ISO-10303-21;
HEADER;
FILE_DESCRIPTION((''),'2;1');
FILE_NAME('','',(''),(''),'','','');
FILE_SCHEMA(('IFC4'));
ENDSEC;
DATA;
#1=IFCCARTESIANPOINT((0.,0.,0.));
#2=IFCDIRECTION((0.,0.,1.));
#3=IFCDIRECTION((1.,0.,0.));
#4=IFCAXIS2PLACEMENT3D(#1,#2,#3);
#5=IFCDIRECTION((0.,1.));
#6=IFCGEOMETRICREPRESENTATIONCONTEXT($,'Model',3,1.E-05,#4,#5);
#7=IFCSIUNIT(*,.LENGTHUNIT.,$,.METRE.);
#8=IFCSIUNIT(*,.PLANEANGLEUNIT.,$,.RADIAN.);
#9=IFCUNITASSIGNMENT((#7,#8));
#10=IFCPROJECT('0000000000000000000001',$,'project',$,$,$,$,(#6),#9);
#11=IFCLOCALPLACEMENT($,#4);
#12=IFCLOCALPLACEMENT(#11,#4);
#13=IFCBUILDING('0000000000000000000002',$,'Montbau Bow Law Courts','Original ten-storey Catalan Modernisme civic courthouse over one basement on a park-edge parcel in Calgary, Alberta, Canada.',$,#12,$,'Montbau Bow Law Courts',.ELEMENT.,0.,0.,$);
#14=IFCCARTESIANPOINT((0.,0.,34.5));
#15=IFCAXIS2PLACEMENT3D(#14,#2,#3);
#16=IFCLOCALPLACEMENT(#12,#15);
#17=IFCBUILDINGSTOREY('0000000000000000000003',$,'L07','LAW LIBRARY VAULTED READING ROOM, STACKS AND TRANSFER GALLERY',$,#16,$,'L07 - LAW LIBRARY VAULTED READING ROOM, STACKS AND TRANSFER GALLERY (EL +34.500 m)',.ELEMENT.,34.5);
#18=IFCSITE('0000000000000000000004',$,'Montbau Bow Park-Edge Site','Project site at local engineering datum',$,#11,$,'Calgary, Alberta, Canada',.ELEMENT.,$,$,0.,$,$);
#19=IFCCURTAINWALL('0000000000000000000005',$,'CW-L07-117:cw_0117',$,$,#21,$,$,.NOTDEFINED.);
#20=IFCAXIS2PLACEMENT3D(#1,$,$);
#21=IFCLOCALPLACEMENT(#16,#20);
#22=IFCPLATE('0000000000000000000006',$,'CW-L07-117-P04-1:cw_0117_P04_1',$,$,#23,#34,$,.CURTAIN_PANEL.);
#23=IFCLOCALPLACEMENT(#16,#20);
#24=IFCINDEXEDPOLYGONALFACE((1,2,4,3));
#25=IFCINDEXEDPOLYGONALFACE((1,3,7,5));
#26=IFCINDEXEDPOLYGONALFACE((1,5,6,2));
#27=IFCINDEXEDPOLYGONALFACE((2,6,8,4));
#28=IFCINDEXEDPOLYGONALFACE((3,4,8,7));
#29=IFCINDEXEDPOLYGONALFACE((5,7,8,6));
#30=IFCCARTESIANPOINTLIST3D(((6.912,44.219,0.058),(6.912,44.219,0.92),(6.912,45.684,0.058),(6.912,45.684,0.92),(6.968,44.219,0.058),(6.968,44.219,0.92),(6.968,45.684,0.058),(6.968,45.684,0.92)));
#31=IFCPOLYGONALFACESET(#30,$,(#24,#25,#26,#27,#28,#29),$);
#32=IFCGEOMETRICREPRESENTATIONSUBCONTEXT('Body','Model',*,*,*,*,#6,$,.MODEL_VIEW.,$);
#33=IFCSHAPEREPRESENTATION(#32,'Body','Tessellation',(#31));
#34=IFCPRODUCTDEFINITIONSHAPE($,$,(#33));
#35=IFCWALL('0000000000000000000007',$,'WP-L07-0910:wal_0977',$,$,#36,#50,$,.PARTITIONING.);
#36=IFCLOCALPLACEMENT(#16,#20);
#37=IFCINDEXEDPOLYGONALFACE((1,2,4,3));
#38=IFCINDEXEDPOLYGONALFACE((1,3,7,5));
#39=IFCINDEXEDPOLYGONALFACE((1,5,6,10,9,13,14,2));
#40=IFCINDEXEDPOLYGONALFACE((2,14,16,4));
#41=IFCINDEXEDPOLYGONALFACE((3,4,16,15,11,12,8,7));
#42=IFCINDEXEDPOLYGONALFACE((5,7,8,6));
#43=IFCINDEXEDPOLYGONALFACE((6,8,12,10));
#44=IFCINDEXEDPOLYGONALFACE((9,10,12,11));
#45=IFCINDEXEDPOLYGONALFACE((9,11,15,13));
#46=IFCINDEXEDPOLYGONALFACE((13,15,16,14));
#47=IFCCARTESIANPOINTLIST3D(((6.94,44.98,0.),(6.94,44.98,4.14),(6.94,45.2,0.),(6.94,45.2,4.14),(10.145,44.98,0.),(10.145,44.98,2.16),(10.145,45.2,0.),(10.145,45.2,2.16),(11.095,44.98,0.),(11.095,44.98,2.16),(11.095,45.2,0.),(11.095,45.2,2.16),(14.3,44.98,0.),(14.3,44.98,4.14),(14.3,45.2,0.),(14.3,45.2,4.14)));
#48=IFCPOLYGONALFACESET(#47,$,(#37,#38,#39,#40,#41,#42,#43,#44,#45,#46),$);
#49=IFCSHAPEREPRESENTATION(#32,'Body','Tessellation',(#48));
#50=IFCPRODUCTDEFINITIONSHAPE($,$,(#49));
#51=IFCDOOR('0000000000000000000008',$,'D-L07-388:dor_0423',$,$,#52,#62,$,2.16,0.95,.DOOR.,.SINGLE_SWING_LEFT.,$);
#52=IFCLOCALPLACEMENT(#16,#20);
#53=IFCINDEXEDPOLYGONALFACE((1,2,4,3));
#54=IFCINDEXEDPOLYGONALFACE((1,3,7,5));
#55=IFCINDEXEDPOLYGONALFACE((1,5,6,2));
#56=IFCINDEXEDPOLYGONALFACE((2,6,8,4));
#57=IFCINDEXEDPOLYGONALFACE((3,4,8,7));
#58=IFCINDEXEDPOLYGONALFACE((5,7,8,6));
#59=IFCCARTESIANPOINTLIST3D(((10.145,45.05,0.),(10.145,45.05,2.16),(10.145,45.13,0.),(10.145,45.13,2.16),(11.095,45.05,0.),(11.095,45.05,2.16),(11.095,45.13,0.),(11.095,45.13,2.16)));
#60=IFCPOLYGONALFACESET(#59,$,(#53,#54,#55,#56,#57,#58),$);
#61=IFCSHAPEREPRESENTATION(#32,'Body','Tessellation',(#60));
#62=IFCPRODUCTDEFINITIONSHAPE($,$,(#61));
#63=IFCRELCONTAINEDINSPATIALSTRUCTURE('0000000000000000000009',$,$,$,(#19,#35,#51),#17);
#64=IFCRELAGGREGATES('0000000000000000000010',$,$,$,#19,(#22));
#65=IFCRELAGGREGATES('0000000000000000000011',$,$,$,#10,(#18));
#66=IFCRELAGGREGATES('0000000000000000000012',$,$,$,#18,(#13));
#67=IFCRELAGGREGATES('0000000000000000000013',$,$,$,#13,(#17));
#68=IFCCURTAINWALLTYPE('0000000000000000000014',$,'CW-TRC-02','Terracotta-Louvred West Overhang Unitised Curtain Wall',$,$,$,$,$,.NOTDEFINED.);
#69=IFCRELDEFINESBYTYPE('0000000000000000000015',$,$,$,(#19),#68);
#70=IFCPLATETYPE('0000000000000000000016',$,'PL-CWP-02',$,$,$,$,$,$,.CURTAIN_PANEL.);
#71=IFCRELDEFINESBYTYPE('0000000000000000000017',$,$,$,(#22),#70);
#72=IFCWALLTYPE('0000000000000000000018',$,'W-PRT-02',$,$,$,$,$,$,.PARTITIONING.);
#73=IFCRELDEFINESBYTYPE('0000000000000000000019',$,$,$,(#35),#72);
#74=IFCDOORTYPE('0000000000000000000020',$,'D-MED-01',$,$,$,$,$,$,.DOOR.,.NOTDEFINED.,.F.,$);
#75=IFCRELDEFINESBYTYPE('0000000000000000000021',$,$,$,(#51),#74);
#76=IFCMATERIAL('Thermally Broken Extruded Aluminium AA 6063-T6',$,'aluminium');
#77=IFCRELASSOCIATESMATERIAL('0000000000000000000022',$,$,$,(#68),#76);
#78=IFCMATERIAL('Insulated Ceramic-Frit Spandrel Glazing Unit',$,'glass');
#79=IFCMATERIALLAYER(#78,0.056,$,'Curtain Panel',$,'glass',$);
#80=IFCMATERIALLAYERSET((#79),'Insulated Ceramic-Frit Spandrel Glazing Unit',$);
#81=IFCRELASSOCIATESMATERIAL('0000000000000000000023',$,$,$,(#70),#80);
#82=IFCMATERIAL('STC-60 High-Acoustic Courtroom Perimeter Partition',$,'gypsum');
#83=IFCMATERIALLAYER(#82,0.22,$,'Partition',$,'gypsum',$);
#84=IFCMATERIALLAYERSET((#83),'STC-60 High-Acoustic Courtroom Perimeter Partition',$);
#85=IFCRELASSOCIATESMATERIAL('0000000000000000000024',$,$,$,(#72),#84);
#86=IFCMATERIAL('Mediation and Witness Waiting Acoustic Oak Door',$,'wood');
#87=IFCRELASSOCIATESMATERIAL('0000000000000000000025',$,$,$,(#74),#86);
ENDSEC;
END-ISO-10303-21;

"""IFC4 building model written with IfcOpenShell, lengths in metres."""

from ifc_helpers import new_model, si_unit, direction, frame, frame_2d, origin_with_axes, place, context, subcontext, project, spatial, rectangle, extrude, material, layer, layer_set, type_object, element, fill, aggregate, save


model = new_model("IFC4")

# Units and contexts
model_context = context("Model", 3, precision=1e-05, world=origin_with_axes(), true_north=direction((0.0, 1.0)))
body_context = subcontext(model_context, "Body", "Model", "MODEL_VIEW")
ifc_project = project(units=[si_unit("LENGTHUNIT", "METRE"), si_unit("PLANEANGLEUNIT", "RADIAN")], contexts=[model_context])

# Site, building, storey
site_placement = place(None, origin_with_axes())
site = spatial("IfcSite", under=ifc_project, at=site_placement, Name="Montbau Bow Park-Edge Site", Description="Project site at local engineering datum", LongName="Calgary, Alberta, Canada", CompositionType="ELEMENT", RefElevation=0.0)
building_placement = place(site_placement, origin_with_axes())
building = spatial("IfcBuilding", under=site, at=building_placement, Name="Montbau Bow Law Courts", Description="Original ten-storey Catalan Modernisme civic courthouse over one basement on a park-edge parcel in Calgary, Alberta, Canada.", LongName="Montbau Bow Law Courts", CompositionType="ELEMENT", ElevationOfRefHeight=0.0, ElevationOfTerrain=0.0)
storey_placement = place(building_placement, frame((0.0, 0.0, 34.5), z_axis=(0.0, 0.0, 1.0), x_axis=(1.0, 0.0, 0.0)))
storey = spatial("IfcBuildingStorey", under=building, at=storey_placement, Name="L07", Description="LAW LIBRARY VAULTED READING ROOM, STACKS AND TRANSFER GALLERY", LongName="L07 - LAW LIBRARY VAULTED READING ROOM, STACKS AND TRANSFER GALLERY (EL +34.500 m)", CompositionType="ELEMENT", Elevation=34.5)

# Curtain wall, plate
ifc_material_1 = material(Name="Thermally Broken Extruded Aluminium AA 6063-T6", Category="aluminium")
curtain_wall_type = type_object("IfcCurtainWallType", Name="CW-TRC-02", Description="Terracotta-Louvred West Overhang Unitised Curtain Wall", PredefinedType="NOTDEFINED", material=ifc_material_1)
curtain_wall_placement = place(None, frame((6.94, 39.44, 34.5), z_axis=(0.0, 0.0, 1.0), x_axis=(1.0, 0.0, 0.0)))
curtain_wall = element("IfcCurtainWall", 1, at=curtain_wall_placement, inside=storey, type_object=curtain_wall_type, Name="CW-L07-117:cw_0117", PredefinedType="NOTDEFINED")
ifc_material_2 = material(Name="Insulated Ceramic-Frit Spandrel Glazing Unit", Category="glass")
ifc_layer_1 = layer(ifc_material_2, 0.056, Name="Curtain Panel", Category="glass")
ifc_layer_set_1 = layer_set([ifc_layer_1], Name="Insulated Ceramic-Frit Spandrel Glazing Unit")
plate_type_1 = type_object("IfcPlateType", Name="PL-CWP-02", PredefinedType="CURTAIN_PANEL", material=ifc_layer_set_1)
plate_1_placement = place(None, frame((6.94, 44.219, 34.558), z_axis=(1.0, 0.0, 0.0), x_axis=(0.0, 1.0, 0.0)))
plate_1 = element("IfcPlate", 2, at=plate_1_placement, type_object=plate_type_1, Name="CW-L07-117-P04-1:cw_0117_P04_1", PredefinedType="CURTAIN_PANEL", context=body_context, shape_type="SweptSolid", body=[
    extrude(rectangle(XDim=1.465, YDim=0.862, at=frame_2d((0.7325, 0.431), x_axis=(1.0, 0.0))), frame((0.0, 0.0, -0.028), z_axis=(0.0, 0.0, 1.0), x_axis=(1.0, 0.0, 0.0)), (0.0, 0.0, 1.0), 0.056),
])
aggregate(curtain_wall, [plate_1])

# Wall, opening, door
ifc_material_3 = material(Name="STC-60 High-Acoustic Courtroom Perimeter Partition", Category="gypsum")
ifc_layer_2 = layer(ifc_material_3, 0.22, Name="Partition", Category="gypsum")
ifc_layer_set_2 = layer_set([ifc_layer_2], Name="STC-60 High-Acoustic Courtroom Perimeter Partition")
wall_type = type_object("IfcWallType", Name="W-PRT-02", PredefinedType="PARTITIONING", material=ifc_layer_set_2)
wall_placement = place(None, frame((6.94, 45.09, 34.5), z_axis=(0.0, 0.0, 1.0), x_axis=(1.0, 0.0, 0.0)))
wall = element("IfcWall", 3, at=wall_placement, inside=storey, type_object=wall_type, Name="WP-L07-0910:wal_0977", PredefinedType="PARTITIONING", context=body_context, shape_type="SweptSolid", body=[
    extrude(rectangle(XDim=7.36, YDim=0.22, at=frame_2d((3.68, 0.0), x_axis=(1.0, 0.0))), origin_with_axes(), (0.0, 0.0, 1.0), 4.14),
])
opening_placement = place(None, frame((10.62, 45.09, 34.5), z_axis=(0.0, 0.0, 1.0), x_axis=(1.0, 0.0, 0.0)))
opening = element("IfcOpeningElement", 4, at=opening_placement, cuts=wall, PredefinedType="OPENING", context=body_context, shape_type="SweptSolid", body=[
    extrude(rectangle(XDim=0.95, YDim=2.16, at=frame_2d((0.0, 1.08), x_axis=(1.0, 0.0))), frame((0.0, 0.12, 0.0), z_axis=(0.0, -1.0, 0.0), x_axis=(1.0, 0.0, 0.0)), (0.0, 0.0, 1.0), 0.24),
])
ifc_material_4 = material(Name="Mediation and Witness Waiting Acoustic Oak Door", Category="wood")
door_type = type_object("IfcDoorType", Name="D-MED-01", OperationType="NOTDEFINED", ParameterTakesPrecedence=False, PredefinedType="DOOR", material=ifc_material_4)
door_placement = place(None, frame((10.62, 45.09, 34.5), z_axis=(0.0, 0.0, 1.0), x_axis=(-1.0, 0.0, 0.0)))
door = element("IfcDoor", 5, at=door_placement, inside=storey, type_object=door_type, Name="D-L07-388:dor_0423", OperationType="SINGLE_SWING_LEFT", OverallHeight=2.16, OverallWidth=0.95, PredefinedType="DOOR", context=body_context, shape_type="SweptSolid", body=[
    extrude(rectangle(XDim=0.95, YDim=2.16, at=frame_2d((0.0, 1.08), x_axis=(1.0, 0.0))), frame((0.0, 0.04, 0.0), z_axis=(0.0, -1.0, 0.0), x_axis=(1.0, 0.0, 0.0)), (0.0, 0.0, 1.0), 0.08),
])
fill(opening, door)

save(model, "model.ifc")
